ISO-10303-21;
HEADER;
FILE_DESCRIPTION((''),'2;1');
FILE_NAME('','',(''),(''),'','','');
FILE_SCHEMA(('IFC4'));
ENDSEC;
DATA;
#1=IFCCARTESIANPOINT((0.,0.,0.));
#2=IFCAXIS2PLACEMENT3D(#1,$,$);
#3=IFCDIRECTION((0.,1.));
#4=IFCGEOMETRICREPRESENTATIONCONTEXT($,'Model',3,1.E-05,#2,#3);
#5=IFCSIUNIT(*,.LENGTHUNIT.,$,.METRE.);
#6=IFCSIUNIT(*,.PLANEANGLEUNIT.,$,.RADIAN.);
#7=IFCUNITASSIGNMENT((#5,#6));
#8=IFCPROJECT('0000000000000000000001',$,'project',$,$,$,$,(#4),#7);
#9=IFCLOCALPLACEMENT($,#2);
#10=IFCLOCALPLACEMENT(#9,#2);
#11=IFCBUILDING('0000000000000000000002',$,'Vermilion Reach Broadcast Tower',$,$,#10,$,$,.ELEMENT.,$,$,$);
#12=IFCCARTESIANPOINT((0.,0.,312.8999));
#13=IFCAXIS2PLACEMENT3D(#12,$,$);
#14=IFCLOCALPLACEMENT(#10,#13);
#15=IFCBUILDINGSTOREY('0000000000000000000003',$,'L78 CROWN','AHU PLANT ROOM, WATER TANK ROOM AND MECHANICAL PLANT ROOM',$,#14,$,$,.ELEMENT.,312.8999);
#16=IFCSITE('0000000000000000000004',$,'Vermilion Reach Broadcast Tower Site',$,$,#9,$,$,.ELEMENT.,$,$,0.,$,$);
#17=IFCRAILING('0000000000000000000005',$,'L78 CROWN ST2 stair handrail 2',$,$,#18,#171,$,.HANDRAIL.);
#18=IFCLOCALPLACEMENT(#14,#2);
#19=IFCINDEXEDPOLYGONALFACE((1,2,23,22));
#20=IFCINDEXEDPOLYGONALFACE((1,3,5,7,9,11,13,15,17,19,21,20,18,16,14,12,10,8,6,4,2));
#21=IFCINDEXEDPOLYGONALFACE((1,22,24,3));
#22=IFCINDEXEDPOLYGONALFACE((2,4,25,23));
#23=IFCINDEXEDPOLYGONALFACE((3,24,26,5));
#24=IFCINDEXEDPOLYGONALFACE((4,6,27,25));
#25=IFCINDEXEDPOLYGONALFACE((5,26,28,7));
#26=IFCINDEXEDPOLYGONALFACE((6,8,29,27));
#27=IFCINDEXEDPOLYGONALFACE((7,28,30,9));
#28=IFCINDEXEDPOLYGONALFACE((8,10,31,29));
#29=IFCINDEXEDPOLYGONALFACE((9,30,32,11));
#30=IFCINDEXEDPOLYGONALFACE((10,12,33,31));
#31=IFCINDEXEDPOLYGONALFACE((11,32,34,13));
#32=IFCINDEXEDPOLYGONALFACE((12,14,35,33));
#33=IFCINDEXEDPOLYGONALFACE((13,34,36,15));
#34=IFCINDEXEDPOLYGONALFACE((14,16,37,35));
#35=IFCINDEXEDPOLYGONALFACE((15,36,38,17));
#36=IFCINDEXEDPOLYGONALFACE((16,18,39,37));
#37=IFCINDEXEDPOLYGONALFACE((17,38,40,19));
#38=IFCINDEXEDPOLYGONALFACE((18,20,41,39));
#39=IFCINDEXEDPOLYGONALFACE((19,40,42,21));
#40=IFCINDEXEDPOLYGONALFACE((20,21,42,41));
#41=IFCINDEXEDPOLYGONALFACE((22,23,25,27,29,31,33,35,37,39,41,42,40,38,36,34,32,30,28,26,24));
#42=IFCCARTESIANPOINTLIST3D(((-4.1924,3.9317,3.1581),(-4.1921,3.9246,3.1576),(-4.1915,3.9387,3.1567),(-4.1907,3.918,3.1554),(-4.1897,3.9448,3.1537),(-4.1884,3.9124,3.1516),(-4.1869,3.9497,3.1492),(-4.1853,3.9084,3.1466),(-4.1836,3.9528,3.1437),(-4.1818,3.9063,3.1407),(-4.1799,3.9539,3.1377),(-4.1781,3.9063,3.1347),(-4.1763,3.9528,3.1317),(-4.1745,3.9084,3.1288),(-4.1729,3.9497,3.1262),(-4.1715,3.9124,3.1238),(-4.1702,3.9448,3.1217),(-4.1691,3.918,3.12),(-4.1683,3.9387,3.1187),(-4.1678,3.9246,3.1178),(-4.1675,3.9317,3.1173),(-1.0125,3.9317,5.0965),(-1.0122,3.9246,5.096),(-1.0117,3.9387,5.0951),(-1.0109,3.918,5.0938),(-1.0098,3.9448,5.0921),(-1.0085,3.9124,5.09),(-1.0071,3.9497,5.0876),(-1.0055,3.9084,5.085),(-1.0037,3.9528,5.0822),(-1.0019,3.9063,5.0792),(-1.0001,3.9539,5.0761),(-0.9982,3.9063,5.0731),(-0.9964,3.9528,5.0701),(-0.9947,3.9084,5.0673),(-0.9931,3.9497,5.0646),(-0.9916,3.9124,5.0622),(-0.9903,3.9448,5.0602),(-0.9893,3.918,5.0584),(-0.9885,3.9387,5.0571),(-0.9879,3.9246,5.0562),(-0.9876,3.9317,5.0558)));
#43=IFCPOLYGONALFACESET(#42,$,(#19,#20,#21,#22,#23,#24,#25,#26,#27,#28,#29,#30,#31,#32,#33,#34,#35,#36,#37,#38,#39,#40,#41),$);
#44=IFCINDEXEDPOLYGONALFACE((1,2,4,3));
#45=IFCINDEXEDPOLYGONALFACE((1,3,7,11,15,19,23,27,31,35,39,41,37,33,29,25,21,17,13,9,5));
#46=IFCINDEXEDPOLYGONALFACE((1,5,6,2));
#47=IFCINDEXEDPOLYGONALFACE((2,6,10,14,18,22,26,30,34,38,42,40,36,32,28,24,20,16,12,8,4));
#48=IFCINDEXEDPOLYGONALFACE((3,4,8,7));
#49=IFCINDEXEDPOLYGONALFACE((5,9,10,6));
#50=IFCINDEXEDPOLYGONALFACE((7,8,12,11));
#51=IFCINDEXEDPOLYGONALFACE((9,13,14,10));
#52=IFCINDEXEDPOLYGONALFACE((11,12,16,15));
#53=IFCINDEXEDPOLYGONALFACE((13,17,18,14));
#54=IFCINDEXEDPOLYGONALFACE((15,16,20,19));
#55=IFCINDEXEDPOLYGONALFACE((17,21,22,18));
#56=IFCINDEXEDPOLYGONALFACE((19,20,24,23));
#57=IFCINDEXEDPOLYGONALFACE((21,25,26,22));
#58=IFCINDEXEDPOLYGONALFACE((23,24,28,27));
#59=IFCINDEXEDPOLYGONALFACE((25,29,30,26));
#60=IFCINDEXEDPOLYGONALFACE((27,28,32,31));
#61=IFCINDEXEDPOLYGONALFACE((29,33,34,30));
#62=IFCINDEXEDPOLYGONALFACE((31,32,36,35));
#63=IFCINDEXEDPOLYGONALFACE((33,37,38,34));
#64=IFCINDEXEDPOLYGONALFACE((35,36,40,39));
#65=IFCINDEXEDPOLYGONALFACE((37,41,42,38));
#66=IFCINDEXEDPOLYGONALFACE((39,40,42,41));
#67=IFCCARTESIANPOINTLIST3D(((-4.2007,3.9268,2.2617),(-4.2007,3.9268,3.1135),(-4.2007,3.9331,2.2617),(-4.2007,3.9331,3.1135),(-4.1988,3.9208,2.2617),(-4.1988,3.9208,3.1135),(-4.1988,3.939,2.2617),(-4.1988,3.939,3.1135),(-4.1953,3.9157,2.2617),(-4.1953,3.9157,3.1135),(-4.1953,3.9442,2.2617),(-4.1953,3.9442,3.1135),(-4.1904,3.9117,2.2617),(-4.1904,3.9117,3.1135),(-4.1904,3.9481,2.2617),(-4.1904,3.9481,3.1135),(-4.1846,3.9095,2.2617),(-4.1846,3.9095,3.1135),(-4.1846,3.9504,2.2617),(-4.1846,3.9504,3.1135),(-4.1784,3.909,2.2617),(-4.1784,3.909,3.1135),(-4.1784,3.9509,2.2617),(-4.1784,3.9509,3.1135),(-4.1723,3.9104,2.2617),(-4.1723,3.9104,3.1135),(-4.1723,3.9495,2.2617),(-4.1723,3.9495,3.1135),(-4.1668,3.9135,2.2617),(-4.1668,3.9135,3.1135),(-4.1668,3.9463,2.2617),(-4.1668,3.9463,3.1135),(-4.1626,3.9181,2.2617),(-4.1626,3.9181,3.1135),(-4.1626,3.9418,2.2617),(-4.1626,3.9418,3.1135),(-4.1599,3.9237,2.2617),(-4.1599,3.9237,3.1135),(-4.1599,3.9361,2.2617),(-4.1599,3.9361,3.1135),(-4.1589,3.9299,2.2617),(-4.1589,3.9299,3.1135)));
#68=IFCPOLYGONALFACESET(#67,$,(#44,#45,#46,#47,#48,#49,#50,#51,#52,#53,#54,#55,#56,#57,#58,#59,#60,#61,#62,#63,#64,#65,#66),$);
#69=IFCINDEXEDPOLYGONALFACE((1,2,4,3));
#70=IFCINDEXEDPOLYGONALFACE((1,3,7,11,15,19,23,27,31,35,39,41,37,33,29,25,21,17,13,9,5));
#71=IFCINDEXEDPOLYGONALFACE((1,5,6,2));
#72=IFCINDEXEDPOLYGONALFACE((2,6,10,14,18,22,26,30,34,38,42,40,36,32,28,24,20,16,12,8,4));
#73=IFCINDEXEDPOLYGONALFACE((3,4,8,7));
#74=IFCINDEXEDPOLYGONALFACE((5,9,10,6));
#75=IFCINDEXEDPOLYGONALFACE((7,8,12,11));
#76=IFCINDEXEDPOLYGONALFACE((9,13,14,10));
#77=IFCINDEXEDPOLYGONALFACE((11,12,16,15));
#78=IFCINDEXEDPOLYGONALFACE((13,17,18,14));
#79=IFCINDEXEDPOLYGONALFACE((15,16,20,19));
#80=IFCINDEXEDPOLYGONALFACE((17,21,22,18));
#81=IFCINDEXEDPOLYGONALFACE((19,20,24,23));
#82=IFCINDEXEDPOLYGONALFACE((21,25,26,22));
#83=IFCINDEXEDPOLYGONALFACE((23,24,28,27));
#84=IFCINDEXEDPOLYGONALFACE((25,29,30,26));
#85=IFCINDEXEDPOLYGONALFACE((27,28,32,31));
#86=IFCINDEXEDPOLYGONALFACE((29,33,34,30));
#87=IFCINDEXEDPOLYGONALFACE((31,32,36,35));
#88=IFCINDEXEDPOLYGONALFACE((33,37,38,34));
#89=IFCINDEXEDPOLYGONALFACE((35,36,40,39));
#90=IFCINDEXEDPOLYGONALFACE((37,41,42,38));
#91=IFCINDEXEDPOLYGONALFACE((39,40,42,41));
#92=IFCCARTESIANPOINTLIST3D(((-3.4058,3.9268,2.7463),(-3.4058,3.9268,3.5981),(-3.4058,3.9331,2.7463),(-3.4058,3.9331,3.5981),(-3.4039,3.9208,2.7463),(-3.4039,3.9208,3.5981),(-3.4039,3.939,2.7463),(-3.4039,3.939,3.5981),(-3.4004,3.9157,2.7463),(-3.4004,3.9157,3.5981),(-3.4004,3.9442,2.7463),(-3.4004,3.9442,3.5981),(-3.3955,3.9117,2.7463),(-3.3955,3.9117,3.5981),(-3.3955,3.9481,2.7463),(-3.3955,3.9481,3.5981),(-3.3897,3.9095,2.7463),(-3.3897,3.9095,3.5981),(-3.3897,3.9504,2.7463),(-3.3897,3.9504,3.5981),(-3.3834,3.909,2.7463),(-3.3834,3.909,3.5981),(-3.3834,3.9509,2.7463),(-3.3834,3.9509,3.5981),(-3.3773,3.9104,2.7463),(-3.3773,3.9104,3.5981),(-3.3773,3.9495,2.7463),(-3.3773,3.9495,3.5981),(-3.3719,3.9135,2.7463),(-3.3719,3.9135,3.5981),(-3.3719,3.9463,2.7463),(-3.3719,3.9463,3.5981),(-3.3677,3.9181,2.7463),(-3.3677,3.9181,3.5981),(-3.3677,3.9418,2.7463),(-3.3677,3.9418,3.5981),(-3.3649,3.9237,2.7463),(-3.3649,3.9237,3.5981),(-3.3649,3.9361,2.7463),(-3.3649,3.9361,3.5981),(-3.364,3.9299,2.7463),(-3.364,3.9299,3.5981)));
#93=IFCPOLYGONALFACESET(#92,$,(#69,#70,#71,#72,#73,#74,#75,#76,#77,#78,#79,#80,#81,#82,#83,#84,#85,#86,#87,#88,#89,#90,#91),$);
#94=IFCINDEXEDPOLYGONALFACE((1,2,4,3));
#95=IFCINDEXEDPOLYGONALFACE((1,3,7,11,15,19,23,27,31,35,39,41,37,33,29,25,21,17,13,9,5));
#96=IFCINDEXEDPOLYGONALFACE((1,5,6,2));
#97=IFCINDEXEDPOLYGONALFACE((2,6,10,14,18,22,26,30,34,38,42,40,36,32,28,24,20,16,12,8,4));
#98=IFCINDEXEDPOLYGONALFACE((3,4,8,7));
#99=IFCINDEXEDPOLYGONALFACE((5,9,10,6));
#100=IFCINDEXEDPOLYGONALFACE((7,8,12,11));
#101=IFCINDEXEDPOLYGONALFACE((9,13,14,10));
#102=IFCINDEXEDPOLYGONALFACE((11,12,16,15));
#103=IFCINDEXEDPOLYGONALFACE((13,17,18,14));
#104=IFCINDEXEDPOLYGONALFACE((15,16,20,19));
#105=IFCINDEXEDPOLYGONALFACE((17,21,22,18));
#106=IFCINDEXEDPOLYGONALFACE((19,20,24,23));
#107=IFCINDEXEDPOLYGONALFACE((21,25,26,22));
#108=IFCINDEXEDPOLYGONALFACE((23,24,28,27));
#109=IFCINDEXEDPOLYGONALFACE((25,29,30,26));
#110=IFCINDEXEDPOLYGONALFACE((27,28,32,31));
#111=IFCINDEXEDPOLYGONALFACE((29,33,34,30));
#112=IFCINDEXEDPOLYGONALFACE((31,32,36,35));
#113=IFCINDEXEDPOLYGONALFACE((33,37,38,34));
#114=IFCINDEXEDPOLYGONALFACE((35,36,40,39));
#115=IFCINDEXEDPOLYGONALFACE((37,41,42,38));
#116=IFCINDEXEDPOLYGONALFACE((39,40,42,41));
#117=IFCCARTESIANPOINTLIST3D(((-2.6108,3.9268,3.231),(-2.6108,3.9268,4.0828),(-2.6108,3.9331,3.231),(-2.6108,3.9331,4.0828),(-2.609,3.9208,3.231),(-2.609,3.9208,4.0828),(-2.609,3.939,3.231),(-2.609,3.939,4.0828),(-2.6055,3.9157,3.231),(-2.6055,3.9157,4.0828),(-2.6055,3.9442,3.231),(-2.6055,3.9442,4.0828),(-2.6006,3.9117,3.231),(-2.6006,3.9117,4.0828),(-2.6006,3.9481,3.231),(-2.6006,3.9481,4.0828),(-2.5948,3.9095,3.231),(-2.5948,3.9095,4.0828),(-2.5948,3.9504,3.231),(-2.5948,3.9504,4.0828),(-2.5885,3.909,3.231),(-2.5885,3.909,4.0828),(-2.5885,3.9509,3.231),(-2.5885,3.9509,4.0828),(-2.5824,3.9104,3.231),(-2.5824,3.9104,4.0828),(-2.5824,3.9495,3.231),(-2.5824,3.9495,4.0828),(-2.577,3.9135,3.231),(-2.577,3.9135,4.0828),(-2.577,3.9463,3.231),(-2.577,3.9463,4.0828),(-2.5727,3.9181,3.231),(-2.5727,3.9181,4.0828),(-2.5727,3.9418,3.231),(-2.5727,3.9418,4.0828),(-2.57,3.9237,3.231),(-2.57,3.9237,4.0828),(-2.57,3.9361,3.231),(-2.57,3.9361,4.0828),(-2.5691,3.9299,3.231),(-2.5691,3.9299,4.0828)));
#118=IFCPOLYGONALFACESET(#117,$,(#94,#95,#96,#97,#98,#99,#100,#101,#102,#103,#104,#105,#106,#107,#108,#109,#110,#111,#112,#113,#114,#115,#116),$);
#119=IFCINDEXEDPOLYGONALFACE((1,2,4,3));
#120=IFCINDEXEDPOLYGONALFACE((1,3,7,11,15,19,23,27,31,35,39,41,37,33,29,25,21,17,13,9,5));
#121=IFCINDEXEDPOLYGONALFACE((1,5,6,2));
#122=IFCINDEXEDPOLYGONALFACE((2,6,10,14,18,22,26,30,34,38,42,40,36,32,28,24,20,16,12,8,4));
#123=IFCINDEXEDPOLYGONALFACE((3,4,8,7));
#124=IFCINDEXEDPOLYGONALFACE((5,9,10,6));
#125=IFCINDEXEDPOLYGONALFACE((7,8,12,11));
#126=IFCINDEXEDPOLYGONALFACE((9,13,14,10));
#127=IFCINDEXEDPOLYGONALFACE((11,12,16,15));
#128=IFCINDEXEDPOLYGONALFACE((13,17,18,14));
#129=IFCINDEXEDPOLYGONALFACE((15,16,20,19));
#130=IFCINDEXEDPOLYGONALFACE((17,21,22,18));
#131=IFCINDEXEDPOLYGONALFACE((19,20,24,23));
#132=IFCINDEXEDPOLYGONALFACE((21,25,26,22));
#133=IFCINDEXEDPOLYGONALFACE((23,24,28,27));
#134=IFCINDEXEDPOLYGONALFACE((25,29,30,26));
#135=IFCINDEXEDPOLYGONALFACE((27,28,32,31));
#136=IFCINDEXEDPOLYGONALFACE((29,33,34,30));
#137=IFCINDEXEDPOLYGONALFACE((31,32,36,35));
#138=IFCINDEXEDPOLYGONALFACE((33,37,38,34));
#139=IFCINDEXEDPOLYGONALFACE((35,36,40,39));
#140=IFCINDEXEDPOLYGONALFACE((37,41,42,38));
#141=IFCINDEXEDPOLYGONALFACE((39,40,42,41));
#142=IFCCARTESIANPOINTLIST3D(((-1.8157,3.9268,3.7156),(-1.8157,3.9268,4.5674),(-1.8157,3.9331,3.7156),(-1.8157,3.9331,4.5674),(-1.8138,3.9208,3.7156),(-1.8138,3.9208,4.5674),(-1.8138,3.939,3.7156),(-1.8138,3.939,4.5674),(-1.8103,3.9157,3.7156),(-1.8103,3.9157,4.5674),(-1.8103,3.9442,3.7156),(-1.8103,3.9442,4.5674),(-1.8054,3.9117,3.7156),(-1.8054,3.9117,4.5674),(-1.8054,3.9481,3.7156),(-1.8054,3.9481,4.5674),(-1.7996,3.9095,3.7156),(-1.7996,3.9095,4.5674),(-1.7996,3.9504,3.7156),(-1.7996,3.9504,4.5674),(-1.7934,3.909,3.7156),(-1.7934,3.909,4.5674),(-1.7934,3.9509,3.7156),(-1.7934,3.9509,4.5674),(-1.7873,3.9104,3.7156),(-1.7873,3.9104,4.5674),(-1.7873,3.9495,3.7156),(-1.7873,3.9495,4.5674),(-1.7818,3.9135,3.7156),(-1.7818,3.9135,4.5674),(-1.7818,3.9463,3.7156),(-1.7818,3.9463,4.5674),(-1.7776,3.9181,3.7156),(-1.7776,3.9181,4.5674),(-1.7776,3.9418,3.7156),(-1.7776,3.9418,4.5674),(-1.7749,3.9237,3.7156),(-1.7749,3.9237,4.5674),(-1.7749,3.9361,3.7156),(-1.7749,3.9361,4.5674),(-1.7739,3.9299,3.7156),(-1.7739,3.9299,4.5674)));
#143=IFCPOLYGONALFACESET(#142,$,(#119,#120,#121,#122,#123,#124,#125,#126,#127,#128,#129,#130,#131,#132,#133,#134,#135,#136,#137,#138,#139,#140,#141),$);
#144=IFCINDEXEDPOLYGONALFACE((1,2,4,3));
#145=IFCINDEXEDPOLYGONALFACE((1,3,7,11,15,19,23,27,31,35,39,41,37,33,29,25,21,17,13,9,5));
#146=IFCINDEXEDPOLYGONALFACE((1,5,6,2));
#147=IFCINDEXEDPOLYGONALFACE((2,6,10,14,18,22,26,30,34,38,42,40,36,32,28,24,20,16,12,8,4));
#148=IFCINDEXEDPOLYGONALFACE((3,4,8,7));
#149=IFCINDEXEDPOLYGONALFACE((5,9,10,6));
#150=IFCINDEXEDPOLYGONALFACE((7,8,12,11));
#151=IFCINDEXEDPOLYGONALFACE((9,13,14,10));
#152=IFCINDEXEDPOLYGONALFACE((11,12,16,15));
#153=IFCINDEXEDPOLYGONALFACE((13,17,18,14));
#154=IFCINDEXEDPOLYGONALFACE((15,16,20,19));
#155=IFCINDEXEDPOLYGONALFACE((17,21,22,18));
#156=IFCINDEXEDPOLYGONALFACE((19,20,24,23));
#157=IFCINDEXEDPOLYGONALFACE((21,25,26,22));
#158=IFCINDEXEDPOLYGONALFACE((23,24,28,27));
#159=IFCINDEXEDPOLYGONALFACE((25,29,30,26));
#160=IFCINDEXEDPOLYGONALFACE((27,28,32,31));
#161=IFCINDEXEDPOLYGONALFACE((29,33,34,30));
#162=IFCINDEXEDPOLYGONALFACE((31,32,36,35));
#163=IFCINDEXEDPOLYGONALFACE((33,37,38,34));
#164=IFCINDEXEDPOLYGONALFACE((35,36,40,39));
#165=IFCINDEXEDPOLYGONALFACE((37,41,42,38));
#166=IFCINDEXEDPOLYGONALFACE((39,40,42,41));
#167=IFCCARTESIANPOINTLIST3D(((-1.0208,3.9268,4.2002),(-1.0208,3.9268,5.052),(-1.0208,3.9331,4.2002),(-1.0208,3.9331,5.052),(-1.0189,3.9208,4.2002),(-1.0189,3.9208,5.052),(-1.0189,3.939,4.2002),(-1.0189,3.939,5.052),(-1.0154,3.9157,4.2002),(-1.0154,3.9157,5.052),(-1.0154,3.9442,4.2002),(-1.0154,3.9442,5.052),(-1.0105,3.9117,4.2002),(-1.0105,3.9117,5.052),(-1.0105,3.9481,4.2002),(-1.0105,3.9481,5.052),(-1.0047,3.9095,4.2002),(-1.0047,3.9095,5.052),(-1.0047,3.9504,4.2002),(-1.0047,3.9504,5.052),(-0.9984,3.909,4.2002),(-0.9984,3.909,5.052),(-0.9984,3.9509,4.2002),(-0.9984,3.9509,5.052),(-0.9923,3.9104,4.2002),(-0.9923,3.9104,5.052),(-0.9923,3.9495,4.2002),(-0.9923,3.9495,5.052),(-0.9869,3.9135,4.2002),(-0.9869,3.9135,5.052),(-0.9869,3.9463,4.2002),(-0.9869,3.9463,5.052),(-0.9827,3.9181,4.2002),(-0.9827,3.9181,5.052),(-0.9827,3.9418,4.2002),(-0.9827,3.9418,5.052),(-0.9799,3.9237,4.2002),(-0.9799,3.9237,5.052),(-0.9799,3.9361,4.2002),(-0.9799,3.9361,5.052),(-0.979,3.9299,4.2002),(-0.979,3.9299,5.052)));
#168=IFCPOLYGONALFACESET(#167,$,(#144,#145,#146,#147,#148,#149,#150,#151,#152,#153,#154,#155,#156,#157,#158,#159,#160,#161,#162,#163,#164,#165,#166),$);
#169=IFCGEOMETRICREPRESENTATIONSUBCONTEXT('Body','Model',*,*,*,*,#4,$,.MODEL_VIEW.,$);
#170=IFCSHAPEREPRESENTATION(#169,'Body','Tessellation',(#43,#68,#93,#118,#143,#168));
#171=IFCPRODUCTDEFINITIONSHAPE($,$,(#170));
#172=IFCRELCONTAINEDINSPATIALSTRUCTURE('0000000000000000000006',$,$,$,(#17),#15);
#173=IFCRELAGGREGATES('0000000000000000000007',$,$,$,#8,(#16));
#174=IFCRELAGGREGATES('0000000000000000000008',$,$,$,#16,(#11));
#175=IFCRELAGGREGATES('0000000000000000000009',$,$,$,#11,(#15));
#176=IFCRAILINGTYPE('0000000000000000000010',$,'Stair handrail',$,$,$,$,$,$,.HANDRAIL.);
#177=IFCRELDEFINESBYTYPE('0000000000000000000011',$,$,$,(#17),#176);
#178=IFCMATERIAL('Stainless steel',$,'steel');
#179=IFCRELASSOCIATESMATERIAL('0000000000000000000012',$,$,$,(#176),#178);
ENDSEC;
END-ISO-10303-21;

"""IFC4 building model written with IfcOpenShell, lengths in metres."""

from ifc_helpers import new_model, si_unit, direction, frame, origin, origin_2d, place, context, subcontext, project, spatial, circle, extrude, material, type_object, element, save


model = new_model("IFC4")

# Units and contexts
model_context = context("Model", 3, precision=1e-05, world=origin(), true_north=direction((0.0, 1.0)))
body_context = subcontext(model_context, "Body", "Model", "MODEL_VIEW")
ifc_project = project(units=[si_unit("LENGTHUNIT", "METRE"), si_unit("PLANEANGLEUNIT", "RADIAN")], contexts=[model_context])

# Site, building, storey
site_placement = place(None, origin())
site = spatial("IfcSite", under=ifc_project, at=site_placement, Name="Vermilion Reach Broadcast Tower Site", CompositionType="ELEMENT", RefElevation=0.0)
building_placement = place(site_placement, origin())
building = spatial("IfcBuilding", under=site, at=building_placement, Name="Vermilion Reach Broadcast Tower", CompositionType="ELEMENT")
storey_placement = place(building_placement, frame((0.0, 0.0, 312.8999)))
storey = spatial("IfcBuildingStorey", under=building, at=storey_placement, Name="L78 CROWN", Description="AHU PLANT ROOM, WATER TANK ROOM AND MECHANICAL PLANT ROOM", CompositionType="ELEMENT", Elevation=312.8999)

# Railing
ifc_material_1 = material(Name="Stainless steel", Category="steel")
railing_type_1 = type_object("IfcRailingType", Name="Stair handrail", PredefinedType="HANDRAIL", material=ifc_material_1)
railing_1_placement = place(storey_placement, frame((-4.1799, 3.9299, 2.2617)))
element("IfcRailing", 1, at=railing_1_placement, inside=storey, type_object=railing_type_1, Name="L78 CROWN ST2 stair handrail 2", PredefinedType="HANDRAIL", context=body_context, shape_type="SweptSolid", body=[
    extrude(circle(Radius=0.0239, at=origin_2d()), frame((0.0, 0.0, 0.876), z_axis=(0.853857, 0.0, 0.520508), x_axis=(0.0, 1.0, 0.0)), (0.0, 0.0, 1.0), 3.7241),
    extrude(circle(Radius=0.021, at=origin_2d()), origin(), (0.0, 0.0, 1.0), 0.8518),
    extrude(circle(Radius=0.021, at=origin_2d()), frame((0.7949, 0.0, 0.4846)), (0.0, 0.0, 1.0), 0.8518),
    extrude(circle(Radius=0.021, at=origin_2d()), frame((1.5898, 0.0, 0.9692)), (0.0, 0.0, 1.0), 0.8518),
    extrude(circle(Radius=0.021, at=origin_2d()), frame((2.385, 0.0, 1.4539)), (0.0, 0.0, 1.0), 0.8518),
    extrude(circle(Radius=0.021, at=origin_2d()), frame((3.1799, 0.0, 1.9385)), (0.0, 0.0, 1.0), 0.8518),
])

save(model, "model.ifc")
